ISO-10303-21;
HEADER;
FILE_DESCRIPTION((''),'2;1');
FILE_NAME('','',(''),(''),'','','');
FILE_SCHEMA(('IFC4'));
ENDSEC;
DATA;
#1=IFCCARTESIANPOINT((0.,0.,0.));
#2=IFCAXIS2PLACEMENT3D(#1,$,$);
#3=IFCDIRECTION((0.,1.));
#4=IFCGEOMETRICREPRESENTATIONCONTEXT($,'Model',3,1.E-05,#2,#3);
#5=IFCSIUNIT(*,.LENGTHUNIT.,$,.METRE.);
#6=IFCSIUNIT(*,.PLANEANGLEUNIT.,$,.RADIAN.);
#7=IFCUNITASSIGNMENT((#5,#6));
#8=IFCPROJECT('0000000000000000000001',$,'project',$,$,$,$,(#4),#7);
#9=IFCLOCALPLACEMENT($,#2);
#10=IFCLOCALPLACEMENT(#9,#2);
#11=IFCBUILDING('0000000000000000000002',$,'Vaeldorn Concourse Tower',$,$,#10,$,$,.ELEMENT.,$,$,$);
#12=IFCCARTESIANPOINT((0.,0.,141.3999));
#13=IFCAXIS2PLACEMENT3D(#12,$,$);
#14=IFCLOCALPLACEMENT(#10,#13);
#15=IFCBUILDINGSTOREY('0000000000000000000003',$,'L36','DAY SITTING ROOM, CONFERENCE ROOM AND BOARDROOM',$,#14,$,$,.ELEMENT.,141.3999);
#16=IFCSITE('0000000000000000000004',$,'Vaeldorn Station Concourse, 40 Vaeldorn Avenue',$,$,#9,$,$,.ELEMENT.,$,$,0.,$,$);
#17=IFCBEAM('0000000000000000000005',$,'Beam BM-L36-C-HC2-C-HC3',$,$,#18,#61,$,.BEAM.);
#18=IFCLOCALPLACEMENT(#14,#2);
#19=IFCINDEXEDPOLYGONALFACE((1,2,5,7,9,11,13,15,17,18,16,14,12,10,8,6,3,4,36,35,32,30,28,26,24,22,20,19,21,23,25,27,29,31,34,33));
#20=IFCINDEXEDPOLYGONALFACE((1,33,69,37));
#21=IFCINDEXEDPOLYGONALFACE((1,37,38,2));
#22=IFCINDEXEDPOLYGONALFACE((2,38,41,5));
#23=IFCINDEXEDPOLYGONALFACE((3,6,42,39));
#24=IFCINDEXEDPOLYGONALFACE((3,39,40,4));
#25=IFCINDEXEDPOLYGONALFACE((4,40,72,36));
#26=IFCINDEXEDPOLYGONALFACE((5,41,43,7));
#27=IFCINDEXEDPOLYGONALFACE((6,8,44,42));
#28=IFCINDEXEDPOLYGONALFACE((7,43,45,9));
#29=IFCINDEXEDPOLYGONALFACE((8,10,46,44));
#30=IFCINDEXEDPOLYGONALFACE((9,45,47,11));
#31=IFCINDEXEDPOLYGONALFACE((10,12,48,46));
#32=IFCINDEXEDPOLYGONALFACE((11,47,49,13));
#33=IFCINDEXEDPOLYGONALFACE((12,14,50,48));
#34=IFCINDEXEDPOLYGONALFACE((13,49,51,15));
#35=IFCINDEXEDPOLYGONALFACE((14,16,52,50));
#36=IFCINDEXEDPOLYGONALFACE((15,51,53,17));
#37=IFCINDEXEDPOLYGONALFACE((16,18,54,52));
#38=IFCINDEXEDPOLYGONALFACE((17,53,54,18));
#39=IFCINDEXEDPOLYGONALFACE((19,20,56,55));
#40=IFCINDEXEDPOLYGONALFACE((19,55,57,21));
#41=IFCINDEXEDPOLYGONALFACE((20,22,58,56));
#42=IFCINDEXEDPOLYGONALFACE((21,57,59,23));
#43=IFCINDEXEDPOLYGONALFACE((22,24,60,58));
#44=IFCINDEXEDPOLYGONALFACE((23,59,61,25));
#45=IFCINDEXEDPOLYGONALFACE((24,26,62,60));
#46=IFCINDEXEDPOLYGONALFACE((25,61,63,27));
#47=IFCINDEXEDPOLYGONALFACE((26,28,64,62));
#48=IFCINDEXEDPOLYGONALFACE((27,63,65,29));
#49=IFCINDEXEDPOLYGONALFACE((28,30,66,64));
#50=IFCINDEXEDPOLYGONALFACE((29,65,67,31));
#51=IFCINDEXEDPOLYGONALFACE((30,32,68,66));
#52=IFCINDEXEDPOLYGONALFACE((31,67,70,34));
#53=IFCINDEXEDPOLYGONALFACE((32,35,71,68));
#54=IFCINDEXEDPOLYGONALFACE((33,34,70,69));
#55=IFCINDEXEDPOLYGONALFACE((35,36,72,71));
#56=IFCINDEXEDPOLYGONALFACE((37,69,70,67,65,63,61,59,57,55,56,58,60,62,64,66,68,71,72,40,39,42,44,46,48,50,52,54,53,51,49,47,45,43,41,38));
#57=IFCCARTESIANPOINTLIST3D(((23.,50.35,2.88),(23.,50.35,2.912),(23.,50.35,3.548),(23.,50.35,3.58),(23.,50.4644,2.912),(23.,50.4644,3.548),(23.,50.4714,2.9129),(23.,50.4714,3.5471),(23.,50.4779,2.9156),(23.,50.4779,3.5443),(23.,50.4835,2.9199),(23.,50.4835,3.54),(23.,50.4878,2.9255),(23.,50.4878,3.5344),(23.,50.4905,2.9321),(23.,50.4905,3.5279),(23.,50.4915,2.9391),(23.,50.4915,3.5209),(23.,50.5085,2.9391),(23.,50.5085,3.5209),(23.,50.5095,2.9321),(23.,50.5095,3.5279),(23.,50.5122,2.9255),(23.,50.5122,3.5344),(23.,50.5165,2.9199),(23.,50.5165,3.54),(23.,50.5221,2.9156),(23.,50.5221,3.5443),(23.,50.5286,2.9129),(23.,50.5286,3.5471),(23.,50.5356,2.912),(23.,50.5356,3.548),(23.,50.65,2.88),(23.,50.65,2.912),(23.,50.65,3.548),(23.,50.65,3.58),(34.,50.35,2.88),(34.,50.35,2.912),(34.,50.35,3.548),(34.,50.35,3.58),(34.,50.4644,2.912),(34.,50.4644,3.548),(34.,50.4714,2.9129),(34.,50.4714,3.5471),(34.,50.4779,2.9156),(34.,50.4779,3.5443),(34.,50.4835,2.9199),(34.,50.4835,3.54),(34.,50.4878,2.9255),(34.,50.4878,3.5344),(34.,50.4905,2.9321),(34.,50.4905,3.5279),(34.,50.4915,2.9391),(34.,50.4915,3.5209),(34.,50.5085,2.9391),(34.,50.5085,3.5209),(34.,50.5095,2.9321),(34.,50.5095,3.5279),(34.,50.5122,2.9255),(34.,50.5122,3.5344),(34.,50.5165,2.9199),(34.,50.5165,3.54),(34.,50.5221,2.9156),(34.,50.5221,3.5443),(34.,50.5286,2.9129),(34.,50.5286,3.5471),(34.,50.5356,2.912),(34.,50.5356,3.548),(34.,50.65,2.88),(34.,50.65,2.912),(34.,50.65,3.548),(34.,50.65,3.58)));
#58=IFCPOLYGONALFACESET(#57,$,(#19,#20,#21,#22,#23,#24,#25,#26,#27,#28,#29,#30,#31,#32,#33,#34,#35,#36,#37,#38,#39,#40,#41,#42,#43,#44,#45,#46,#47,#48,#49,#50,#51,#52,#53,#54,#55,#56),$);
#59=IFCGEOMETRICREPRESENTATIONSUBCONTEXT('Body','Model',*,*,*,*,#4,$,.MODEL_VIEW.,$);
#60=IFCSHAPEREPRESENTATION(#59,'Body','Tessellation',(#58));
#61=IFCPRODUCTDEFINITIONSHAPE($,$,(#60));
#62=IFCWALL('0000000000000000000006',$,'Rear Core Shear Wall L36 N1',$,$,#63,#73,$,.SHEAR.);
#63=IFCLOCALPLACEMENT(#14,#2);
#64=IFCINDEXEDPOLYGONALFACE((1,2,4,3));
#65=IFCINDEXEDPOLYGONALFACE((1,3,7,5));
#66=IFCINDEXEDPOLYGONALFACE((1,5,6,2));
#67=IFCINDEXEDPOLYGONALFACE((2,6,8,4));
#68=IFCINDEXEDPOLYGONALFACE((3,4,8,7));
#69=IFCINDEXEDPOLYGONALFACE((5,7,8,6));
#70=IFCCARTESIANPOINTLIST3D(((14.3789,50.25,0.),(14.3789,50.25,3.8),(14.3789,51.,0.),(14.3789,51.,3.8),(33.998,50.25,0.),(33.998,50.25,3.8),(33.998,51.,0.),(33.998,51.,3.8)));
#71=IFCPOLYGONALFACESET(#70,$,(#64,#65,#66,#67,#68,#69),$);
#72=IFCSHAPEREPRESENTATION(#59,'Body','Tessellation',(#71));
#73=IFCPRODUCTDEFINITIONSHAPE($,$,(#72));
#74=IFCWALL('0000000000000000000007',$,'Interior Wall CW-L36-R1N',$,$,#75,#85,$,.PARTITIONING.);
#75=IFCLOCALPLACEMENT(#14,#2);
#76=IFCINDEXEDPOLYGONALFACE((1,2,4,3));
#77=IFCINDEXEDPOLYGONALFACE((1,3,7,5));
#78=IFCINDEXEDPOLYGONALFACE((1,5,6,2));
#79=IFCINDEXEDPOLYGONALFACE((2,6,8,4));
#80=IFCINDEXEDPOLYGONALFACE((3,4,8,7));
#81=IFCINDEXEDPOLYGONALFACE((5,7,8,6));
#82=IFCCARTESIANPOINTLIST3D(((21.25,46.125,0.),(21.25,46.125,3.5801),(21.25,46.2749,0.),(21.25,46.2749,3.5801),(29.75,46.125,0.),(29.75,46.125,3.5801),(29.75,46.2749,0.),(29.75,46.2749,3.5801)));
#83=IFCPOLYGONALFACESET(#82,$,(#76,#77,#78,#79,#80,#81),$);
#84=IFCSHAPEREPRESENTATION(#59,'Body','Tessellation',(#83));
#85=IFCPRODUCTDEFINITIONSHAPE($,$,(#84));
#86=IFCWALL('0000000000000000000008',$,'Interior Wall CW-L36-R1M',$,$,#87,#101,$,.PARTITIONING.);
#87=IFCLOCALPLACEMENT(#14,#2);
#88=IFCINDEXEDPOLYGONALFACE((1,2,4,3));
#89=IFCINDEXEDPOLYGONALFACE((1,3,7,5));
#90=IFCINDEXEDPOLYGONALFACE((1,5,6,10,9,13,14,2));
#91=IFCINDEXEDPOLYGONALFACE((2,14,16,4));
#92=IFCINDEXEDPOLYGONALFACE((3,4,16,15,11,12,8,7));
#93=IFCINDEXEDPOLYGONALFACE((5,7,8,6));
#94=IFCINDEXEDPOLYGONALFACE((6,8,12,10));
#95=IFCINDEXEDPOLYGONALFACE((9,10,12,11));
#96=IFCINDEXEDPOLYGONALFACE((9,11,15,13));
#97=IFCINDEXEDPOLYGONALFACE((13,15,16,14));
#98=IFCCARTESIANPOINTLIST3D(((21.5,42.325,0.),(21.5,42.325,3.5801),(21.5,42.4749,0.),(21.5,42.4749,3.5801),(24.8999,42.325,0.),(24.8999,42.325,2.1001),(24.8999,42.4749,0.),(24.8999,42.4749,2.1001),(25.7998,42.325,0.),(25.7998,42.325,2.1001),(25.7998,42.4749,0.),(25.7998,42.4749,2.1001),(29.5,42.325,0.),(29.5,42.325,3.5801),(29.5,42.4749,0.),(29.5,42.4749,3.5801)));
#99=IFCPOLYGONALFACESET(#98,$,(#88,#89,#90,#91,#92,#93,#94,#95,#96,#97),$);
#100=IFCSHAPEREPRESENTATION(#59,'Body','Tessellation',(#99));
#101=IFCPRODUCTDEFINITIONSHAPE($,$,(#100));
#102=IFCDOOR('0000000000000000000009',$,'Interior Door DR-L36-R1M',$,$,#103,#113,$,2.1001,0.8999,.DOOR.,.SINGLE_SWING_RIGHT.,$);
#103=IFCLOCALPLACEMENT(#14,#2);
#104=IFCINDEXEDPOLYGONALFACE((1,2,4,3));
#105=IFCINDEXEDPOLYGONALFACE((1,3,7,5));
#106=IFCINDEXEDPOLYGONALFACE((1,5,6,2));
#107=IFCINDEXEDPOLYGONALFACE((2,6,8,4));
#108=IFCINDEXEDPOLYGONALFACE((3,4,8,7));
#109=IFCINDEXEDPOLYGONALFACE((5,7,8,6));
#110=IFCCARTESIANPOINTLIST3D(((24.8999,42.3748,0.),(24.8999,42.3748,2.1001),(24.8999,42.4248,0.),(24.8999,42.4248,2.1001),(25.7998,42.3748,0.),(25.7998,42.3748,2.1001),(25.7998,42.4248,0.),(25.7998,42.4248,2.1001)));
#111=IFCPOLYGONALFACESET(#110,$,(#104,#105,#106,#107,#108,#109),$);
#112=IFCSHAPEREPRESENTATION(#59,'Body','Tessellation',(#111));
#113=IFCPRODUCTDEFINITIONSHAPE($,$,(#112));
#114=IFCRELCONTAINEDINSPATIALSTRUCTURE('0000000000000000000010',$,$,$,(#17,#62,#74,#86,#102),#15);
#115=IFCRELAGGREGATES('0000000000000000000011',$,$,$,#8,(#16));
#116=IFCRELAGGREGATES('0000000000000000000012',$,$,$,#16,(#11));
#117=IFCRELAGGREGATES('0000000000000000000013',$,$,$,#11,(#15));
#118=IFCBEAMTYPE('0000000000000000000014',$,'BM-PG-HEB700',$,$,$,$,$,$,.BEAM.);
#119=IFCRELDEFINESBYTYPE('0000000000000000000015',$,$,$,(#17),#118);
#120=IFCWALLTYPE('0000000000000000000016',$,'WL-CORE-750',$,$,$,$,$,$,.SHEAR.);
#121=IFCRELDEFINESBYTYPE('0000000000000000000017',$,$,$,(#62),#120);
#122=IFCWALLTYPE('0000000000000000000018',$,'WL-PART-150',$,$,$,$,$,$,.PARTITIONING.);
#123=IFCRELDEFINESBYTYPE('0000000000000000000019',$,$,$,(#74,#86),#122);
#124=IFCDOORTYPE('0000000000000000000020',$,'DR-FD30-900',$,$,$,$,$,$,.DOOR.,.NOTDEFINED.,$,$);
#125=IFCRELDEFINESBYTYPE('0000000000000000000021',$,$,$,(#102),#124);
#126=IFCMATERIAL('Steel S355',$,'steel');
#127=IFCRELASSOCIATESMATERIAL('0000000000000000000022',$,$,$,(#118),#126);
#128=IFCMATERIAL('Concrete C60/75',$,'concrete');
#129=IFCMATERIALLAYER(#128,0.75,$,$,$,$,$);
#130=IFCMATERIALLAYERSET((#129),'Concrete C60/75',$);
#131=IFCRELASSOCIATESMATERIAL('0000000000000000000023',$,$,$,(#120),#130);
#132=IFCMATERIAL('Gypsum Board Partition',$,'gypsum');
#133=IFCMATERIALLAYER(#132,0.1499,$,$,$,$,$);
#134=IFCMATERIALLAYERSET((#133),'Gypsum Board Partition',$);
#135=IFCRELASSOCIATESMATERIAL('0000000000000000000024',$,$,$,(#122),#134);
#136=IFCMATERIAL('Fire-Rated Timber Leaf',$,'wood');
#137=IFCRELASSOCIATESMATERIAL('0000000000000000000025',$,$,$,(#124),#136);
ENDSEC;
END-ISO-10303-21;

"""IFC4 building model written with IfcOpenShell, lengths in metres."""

from ifc_helpers import new_model, si_unit, direction, frame, frame_2d, origin, origin_2d, place, context, subcontext, project, spatial, rectangle, i_section, extrude, source, transform, mapped, material, layer, layer_set, material_profile, profile_set, type_object, element, fill, save


model = new_model("IFC4")

# Units and contexts
model_context = context("Model", 3, precision=1e-05, world=origin(), true_north=direction((0.0, 1.0)))
body_context = subcontext(model_context, "Body", "Model", "MODEL_VIEW")
ifc_project = project(units=[si_unit("LENGTHUNIT", "METRE"), si_unit("PLANEANGLEUNIT", "RADIAN")], contexts=[model_context])

# Site, building, storey
site_placement = place(None, origin())
site = spatial("IfcSite", under=ifc_project, at=site_placement, Name="Vaeldorn Station Concourse, 40 Vaeldorn Avenue", CompositionType="ELEMENT", RefElevation=0.0)
building_placement = place(site_placement, origin())
building = spatial("IfcBuilding", under=site, at=building_placement, Name="Vaeldorn Concourse Tower", CompositionType="ELEMENT")
storey_placement = place(building_placement, frame((0.0, 0.0, 141.3999)))
storey = spatial("IfcBuildingStorey", under=building, at=storey_placement, Name="L36", Description="DAY SITTING ROOM, CONFERENCE ROOM AND BOARDROOM", CompositionType="ELEMENT", Elevation=141.3999)

# Beam
ifc_material_1 = material(Name="Steel S355", Category="steel")
ifc_material_profile_1 = material_profile(ifc_material_1, i_section(OverallWidth=0.3, OverallDepth=0.7, WebThickness=0.0171, FlangeThickness=0.032, FilletRadius=0.0271, at=origin_2d()), Name="HEB 700")
ifc_profile_set_1 = profile_set([ifc_material_profile_1], Name="Steel S355")
beam_type_1 = type_object("IfcBeamType", Name="BM-PG-HEB700", PredefinedType="BEAM", material=ifc_profile_set_1)
shared_shape_1 = source(origin(), body_context, "Body", "SweptSolid", [
    extrude(i_section(OverallWidth=0.3, OverallDepth=0.7, WebThickness=0.0171, FlangeThickness=0.032, FilletRadius=0.0271, at=origin_2d()), origin(), (0.0, 0.0, 1.0), 11.0),
])
beam_1_placement = place(storey_placement, frame((23.0, 50.5, 3.23), z_axis=(1.0, 0.0, 0.0), x_axis=(0.0, 1.0, 0.0)))
element("IfcBeam", 1, at=beam_1_placement, inside=storey, type_object=beam_type_1, Name="Beam BM-L36-C-HC2-C-HC3", PredefinedType="BEAM", context=body_context, shape_type="MappedRepresentation", body=[
    mapped(shared_shape_1, transform((0.0, 0.0, 0.0), scale=1.0)),
])

# Walls
ifc_material_2 = material(Name="Concrete C60/75", Category="concrete")
ifc_layer_1 = layer(ifc_material_2, 0.75)
ifc_layer_set_1 = layer_set([ifc_layer_1], Name="Concrete C60/75")
wall_type_1 = type_object("IfcWallType", Name="WL-CORE-750", PredefinedType="SHEAR", material=ifc_layer_set_1)
wall_1_placement = place(storey_placement, frame((14.3789, 50.625, 0.0), z_axis=(0.0, 0.0, 1.0), x_axis=(1.0, 0.0, 0.0)))
element("IfcWall", 2, at=wall_1_placement, inside=storey, type_object=wall_type_1, Name="Rear Core Shear Wall L36 N1", PredefinedType="SHEAR", context=body_context, shape_type="SweptSolid", body=[
    extrude(rectangle(XDim=19.6191, YDim=0.75, at=frame_2d((9.8096, 0.0))), origin(), (0.0, 0.0, 1.0), 3.8),
])
ifc_material_3 = material(Name="Gypsum Board Partition", Category="gypsum")
ifc_layer_2 = layer(ifc_material_3, 0.1499)
ifc_layer_set_2 = layer_set([ifc_layer_2], Name="Gypsum Board Partition")
wall_type_2 = type_object("IfcWallType", Name="WL-PART-150", PredefinedType="PARTITIONING", material=ifc_layer_set_2)
wall_2_placement = place(storey_placement, frame((21.25, 46.2, 0.0), z_axis=(0.0, 0.0, 1.0), x_axis=(1.0, 0.0, 0.0)))
element("IfcWall", 3, at=wall_2_placement, inside=storey, type_object=wall_type_2, Name="Interior Wall CW-L36-R1N", PredefinedType="PARTITIONING", context=body_context, shape_type="SweptSolid", body=[
    extrude(rectangle(XDim=8.5, YDim=0.1499, at=frame_2d((4.25, 0.0))), origin(), (0.0, 0.0, 1.0), 3.5801),
])

# Wall, opening, door
wall_3_placement = place(storey_placement, frame((21.5, 42.3999, 0.0), z_axis=(0.0, 0.0, 1.0), x_axis=(1.0, 0.0, 0.0)))
wall_3 = element("IfcWall", 4, at=wall_3_placement, inside=storey, type_object=wall_type_2, Name="Interior Wall CW-L36-R1M", PredefinedType="PARTITIONING", context=body_context, shape_type="SweptSolid", body=[
    extrude(rectangle(XDim=8.0, YDim=0.1499, at=frame_2d((4.0, 0.0))), origin(), (0.0, 0.0, 1.0), 3.5801),
])
opening_1_placement = place(wall_3_placement, frame((3.3999, 0.0, 0.0)))
opening_1 = element("IfcOpeningElement", 5, at=opening_1_placement, cuts=wall_3, PredefinedType="OPENING", context=body_context, shape_type="SweptSolid", body=[
    extrude(rectangle(XDim=0.8999, YDim=2.1001, at=frame_2d((0.45, 1.05))), frame((0.0, 0.085, 0.0), z_axis=(0.0, -1.0, 0.0), x_axis=(1.0, 0.0, 0.0)), (0.0, 0.0, 1.0), 0.1699),
])
ifc_material_4 = material(Name="Fire-Rated Timber Leaf", Category="wood")
door_type_1 = type_object("IfcDoorType", Name="DR-FD30-900", OperationType="NOTDEFINED", PredefinedType="DOOR", material=ifc_material_4)
shared_shape_2 = source(origin(), body_context, "Body", "SweptSolid", [
    extrude(rectangle(XDim=0.8999, YDim=2.1001, at=frame_2d((0.45, 1.05))), frame((0.0, 0.0249, 0.0), z_axis=(0.0, -1.0, 0.0), x_axis=(1.0, 0.0, 0.0)), (0.0, 0.0, 1.0), 0.05),
])
door_1_placement = place(opening_1_placement, origin())
door_1 = element("IfcDoor", 6, at=door_1_placement, inside=storey, type_object=door_type_1, Name="Interior Door DR-L36-R1M", OperationType="SINGLE_SWING_RIGHT", OverallHeight=2.1001, OverallWidth=0.8999, PredefinedType="DOOR", context=body_context, shape_type="MappedRepresentation", body=[
    mapped(shared_shape_2, transform((0.0, 0.0, 0.0), scale=1.0)),
])
fill(opening_1, door_1)

save(model, "model.ifc")
